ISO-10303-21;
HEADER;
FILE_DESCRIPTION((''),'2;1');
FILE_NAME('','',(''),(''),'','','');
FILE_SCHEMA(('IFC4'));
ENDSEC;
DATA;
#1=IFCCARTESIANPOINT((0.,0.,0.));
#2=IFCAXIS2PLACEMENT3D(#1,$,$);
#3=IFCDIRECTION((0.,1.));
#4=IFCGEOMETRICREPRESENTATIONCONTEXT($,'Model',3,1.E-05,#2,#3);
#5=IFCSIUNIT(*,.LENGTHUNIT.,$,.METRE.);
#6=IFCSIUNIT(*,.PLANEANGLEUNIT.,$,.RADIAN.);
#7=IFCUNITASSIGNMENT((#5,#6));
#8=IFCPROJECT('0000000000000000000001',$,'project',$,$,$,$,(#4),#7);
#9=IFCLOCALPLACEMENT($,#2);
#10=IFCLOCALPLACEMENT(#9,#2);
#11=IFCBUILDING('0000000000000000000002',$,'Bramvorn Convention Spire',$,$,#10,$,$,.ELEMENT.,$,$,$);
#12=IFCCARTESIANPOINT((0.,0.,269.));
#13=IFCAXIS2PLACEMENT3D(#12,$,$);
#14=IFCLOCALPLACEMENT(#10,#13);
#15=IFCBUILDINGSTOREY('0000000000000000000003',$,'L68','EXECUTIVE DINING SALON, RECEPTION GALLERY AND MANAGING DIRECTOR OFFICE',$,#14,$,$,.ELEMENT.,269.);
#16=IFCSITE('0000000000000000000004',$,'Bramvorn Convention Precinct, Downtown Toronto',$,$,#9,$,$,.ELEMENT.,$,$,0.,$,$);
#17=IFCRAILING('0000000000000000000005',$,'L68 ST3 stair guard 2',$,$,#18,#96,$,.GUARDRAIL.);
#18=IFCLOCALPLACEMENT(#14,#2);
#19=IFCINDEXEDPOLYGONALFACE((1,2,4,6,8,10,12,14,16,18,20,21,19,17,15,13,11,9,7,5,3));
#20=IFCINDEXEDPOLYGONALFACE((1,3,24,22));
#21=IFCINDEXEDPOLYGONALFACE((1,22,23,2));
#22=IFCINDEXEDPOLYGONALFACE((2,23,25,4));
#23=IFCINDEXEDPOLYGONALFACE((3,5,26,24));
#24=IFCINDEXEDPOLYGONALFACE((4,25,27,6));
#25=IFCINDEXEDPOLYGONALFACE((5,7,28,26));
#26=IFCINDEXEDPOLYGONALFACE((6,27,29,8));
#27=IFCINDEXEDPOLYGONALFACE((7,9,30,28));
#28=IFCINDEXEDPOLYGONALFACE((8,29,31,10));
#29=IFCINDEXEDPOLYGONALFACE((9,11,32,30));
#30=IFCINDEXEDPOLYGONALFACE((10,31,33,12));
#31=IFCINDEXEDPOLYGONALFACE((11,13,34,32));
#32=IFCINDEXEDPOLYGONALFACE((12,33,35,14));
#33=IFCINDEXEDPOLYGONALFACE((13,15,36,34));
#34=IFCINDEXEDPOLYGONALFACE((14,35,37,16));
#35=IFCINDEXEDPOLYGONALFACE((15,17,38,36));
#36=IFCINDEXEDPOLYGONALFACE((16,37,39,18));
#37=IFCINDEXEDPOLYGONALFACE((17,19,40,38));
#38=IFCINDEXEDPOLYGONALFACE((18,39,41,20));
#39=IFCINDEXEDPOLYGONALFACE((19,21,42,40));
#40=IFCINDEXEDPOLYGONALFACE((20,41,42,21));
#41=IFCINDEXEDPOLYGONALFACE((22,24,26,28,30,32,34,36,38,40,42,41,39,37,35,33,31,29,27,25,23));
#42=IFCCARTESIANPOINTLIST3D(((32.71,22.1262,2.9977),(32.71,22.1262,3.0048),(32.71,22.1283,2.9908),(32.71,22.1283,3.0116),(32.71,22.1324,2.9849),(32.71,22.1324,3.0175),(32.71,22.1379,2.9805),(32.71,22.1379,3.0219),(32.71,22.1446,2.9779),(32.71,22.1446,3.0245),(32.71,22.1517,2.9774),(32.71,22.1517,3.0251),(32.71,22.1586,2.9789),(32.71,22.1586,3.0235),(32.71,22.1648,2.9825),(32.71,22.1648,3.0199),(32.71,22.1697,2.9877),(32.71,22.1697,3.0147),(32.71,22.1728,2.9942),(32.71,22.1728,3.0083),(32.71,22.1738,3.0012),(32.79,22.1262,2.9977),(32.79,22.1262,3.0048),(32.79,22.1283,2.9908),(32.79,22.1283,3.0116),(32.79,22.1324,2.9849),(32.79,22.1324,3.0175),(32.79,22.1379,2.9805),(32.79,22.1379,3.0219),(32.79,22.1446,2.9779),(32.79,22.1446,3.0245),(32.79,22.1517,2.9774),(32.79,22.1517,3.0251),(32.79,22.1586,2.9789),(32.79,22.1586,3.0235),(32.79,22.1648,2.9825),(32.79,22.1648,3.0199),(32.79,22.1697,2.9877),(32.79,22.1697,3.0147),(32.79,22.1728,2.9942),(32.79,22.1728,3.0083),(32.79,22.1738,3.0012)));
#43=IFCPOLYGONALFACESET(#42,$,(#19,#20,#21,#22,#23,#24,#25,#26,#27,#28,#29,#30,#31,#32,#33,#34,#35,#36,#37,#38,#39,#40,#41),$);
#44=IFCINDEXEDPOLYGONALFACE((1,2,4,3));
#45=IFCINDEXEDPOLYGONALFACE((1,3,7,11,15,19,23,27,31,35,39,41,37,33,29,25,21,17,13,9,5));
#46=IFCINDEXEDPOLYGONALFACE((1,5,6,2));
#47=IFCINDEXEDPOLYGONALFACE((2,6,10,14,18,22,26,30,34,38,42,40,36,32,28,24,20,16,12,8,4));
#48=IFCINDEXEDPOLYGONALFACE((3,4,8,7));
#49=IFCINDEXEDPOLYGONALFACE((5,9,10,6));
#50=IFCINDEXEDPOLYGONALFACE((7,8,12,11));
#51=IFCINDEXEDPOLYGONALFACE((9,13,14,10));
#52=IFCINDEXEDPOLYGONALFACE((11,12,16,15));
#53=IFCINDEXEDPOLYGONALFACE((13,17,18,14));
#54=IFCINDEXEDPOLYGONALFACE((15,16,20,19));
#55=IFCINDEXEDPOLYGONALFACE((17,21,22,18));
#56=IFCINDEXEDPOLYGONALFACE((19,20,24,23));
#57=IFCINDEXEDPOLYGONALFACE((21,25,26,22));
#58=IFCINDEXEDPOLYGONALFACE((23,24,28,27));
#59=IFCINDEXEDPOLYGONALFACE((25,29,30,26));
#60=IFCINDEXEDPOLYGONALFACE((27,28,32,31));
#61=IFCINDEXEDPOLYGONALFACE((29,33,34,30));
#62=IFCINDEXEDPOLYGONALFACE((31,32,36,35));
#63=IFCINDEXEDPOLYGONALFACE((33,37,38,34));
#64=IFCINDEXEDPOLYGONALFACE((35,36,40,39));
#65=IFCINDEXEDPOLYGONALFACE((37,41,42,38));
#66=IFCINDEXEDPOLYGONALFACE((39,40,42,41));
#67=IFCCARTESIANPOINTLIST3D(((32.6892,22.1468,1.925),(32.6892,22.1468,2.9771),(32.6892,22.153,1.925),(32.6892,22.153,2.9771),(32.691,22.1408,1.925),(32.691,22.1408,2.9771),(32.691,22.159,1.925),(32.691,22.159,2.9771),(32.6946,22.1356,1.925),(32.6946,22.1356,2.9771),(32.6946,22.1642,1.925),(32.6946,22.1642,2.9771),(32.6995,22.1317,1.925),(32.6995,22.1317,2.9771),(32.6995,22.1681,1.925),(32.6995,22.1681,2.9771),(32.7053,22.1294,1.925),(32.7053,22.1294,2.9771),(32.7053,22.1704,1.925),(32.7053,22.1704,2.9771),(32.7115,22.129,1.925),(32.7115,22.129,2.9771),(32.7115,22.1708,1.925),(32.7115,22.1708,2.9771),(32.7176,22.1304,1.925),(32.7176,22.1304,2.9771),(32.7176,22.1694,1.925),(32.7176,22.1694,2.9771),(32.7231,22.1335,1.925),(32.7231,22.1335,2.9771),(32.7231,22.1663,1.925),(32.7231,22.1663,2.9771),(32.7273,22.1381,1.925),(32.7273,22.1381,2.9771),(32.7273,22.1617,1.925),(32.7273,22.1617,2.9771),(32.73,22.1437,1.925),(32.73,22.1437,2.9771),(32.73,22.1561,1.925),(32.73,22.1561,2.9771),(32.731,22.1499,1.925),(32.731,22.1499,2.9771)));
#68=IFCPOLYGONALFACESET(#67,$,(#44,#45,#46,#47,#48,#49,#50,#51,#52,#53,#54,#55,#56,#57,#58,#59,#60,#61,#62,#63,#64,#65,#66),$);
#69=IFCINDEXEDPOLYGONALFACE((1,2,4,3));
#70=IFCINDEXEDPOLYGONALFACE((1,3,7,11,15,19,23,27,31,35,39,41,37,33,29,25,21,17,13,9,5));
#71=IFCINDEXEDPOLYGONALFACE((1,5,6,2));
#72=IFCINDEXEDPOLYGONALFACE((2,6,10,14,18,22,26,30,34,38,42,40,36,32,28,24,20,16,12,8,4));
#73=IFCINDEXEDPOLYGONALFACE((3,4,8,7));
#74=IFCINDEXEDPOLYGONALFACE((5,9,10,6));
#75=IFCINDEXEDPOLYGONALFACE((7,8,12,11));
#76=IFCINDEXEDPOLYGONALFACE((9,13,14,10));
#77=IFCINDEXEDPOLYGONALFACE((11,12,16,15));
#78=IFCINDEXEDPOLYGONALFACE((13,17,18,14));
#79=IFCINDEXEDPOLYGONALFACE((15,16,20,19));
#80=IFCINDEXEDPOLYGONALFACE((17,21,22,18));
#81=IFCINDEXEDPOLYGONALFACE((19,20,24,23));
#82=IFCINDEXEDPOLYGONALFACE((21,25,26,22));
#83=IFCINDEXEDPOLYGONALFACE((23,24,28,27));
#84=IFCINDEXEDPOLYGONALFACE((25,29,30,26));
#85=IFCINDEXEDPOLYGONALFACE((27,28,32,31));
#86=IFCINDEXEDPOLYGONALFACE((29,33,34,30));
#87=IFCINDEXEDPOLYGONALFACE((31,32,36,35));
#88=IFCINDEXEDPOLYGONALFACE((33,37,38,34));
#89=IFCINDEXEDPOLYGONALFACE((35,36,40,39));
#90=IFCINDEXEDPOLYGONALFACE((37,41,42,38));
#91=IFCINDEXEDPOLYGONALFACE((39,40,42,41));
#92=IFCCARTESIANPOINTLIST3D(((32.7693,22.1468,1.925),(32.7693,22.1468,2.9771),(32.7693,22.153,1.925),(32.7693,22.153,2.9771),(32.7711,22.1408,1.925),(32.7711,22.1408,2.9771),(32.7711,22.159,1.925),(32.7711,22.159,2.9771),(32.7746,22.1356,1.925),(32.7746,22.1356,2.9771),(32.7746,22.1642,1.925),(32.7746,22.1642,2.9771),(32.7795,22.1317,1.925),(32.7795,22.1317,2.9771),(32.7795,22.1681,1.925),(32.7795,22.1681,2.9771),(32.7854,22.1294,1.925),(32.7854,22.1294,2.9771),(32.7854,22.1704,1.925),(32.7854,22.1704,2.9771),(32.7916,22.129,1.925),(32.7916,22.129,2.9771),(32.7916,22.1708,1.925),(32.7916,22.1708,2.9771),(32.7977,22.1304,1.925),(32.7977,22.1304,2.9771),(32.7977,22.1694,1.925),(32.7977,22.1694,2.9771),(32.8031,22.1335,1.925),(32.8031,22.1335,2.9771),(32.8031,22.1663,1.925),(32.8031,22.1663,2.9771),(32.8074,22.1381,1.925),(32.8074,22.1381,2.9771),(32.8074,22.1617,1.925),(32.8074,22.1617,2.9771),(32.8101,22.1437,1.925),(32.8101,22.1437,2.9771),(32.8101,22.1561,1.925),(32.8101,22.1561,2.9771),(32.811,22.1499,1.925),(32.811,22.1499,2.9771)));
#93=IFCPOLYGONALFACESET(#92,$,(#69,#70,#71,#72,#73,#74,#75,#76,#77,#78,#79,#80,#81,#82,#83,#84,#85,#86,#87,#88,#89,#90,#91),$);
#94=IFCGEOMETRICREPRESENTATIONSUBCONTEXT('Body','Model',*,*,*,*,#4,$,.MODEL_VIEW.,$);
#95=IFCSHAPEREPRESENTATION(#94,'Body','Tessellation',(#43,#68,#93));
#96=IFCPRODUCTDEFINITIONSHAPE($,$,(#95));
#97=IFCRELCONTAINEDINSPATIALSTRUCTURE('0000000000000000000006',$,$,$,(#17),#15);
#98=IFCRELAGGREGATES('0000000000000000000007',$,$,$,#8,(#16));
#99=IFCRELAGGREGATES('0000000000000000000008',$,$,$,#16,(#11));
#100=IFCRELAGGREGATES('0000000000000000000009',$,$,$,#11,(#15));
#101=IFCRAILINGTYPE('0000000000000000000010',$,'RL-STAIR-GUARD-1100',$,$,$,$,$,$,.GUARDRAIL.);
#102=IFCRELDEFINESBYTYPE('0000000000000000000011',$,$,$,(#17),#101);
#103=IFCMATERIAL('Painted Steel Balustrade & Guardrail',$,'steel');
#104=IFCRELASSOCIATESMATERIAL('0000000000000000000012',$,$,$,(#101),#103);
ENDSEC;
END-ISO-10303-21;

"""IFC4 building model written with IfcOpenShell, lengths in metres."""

from ifc_helpers import new_model, si_unit, direction, frame, origin, origin_2d, place, context, subcontext, project, spatial, circle, extrude, material, type_object, element, save


model = new_model("IFC4")

# Units and contexts
model_context = context("Model", 3, precision=1e-05, world=origin(), true_north=direction((0.0, 1.0)))
body_context = subcontext(model_context, "Body", "Model", "MODEL_VIEW")
ifc_project = project(units=[si_unit("LENGTHUNIT", "METRE"), si_unit("PLANEANGLEUNIT", "RADIAN")], contexts=[model_context])

# Site, building, storey
site_placement = place(None, origin())
site = spatial("IfcSite", under=ifc_project, at=site_placement, Name="Bramvorn Convention Precinct, Downtown Toronto", CompositionType="ELEMENT", RefElevation=0.0)
building_placement = place(site_placement, origin())
building = spatial("IfcBuilding", under=site, at=building_placement, Name="Bramvorn Convention Spire", CompositionType="ELEMENT")
storey_placement = place(building_placement, frame((0.0, 0.0, 269.0)))
storey = spatial("IfcBuildingStorey", under=building, at=storey_placement, Name="L68", Description="EXECUTIVE DINING SALON, RECEPTION GALLERY AND MANAGING DIRECTOR OFFICE", CompositionType="ELEMENT", Elevation=269.0)

# Railing
ifc_material_1 = material(Name="Painted Steel Balustrade & Guardrail", Category="steel")
railing_type_1 = type_object("IfcRailingType", Name="RL-STAIR-GUARD-1100", PredefinedType="GUARDRAIL", material=ifc_material_1)
railing_1_placement = place(storey_placement, frame((32.71, 22.1499, 1.925)))
element("IfcRailing", 1, at=railing_1_placement, inside=storey, type_object=railing_type_1, Name="L68 ST3 stair guard 2", PredefinedType="GUARDRAIL", context=body_context, shape_type="SweptSolid", body=[
    extrude(circle(Radius=0.0239, at=origin_2d()), frame((0.0, 0.0, 1.0762), z_axis=(1.0, 0.0, 0.0), x_axis=(0.0, 1.0, 0.0)), (0.0, 0.0, 1.0), 0.0801),
    extrude(circle(Radius=0.021, at=origin_2d()), origin(), (0.0, 0.0, 1.0), 1.052),
    extrude(circle(Radius=0.021, at=origin_2d()), frame((0.0801, 0.0, 0.0)), (0.0, 0.0, 1.0), 1.052),
])

save(model, "model.ifc")
